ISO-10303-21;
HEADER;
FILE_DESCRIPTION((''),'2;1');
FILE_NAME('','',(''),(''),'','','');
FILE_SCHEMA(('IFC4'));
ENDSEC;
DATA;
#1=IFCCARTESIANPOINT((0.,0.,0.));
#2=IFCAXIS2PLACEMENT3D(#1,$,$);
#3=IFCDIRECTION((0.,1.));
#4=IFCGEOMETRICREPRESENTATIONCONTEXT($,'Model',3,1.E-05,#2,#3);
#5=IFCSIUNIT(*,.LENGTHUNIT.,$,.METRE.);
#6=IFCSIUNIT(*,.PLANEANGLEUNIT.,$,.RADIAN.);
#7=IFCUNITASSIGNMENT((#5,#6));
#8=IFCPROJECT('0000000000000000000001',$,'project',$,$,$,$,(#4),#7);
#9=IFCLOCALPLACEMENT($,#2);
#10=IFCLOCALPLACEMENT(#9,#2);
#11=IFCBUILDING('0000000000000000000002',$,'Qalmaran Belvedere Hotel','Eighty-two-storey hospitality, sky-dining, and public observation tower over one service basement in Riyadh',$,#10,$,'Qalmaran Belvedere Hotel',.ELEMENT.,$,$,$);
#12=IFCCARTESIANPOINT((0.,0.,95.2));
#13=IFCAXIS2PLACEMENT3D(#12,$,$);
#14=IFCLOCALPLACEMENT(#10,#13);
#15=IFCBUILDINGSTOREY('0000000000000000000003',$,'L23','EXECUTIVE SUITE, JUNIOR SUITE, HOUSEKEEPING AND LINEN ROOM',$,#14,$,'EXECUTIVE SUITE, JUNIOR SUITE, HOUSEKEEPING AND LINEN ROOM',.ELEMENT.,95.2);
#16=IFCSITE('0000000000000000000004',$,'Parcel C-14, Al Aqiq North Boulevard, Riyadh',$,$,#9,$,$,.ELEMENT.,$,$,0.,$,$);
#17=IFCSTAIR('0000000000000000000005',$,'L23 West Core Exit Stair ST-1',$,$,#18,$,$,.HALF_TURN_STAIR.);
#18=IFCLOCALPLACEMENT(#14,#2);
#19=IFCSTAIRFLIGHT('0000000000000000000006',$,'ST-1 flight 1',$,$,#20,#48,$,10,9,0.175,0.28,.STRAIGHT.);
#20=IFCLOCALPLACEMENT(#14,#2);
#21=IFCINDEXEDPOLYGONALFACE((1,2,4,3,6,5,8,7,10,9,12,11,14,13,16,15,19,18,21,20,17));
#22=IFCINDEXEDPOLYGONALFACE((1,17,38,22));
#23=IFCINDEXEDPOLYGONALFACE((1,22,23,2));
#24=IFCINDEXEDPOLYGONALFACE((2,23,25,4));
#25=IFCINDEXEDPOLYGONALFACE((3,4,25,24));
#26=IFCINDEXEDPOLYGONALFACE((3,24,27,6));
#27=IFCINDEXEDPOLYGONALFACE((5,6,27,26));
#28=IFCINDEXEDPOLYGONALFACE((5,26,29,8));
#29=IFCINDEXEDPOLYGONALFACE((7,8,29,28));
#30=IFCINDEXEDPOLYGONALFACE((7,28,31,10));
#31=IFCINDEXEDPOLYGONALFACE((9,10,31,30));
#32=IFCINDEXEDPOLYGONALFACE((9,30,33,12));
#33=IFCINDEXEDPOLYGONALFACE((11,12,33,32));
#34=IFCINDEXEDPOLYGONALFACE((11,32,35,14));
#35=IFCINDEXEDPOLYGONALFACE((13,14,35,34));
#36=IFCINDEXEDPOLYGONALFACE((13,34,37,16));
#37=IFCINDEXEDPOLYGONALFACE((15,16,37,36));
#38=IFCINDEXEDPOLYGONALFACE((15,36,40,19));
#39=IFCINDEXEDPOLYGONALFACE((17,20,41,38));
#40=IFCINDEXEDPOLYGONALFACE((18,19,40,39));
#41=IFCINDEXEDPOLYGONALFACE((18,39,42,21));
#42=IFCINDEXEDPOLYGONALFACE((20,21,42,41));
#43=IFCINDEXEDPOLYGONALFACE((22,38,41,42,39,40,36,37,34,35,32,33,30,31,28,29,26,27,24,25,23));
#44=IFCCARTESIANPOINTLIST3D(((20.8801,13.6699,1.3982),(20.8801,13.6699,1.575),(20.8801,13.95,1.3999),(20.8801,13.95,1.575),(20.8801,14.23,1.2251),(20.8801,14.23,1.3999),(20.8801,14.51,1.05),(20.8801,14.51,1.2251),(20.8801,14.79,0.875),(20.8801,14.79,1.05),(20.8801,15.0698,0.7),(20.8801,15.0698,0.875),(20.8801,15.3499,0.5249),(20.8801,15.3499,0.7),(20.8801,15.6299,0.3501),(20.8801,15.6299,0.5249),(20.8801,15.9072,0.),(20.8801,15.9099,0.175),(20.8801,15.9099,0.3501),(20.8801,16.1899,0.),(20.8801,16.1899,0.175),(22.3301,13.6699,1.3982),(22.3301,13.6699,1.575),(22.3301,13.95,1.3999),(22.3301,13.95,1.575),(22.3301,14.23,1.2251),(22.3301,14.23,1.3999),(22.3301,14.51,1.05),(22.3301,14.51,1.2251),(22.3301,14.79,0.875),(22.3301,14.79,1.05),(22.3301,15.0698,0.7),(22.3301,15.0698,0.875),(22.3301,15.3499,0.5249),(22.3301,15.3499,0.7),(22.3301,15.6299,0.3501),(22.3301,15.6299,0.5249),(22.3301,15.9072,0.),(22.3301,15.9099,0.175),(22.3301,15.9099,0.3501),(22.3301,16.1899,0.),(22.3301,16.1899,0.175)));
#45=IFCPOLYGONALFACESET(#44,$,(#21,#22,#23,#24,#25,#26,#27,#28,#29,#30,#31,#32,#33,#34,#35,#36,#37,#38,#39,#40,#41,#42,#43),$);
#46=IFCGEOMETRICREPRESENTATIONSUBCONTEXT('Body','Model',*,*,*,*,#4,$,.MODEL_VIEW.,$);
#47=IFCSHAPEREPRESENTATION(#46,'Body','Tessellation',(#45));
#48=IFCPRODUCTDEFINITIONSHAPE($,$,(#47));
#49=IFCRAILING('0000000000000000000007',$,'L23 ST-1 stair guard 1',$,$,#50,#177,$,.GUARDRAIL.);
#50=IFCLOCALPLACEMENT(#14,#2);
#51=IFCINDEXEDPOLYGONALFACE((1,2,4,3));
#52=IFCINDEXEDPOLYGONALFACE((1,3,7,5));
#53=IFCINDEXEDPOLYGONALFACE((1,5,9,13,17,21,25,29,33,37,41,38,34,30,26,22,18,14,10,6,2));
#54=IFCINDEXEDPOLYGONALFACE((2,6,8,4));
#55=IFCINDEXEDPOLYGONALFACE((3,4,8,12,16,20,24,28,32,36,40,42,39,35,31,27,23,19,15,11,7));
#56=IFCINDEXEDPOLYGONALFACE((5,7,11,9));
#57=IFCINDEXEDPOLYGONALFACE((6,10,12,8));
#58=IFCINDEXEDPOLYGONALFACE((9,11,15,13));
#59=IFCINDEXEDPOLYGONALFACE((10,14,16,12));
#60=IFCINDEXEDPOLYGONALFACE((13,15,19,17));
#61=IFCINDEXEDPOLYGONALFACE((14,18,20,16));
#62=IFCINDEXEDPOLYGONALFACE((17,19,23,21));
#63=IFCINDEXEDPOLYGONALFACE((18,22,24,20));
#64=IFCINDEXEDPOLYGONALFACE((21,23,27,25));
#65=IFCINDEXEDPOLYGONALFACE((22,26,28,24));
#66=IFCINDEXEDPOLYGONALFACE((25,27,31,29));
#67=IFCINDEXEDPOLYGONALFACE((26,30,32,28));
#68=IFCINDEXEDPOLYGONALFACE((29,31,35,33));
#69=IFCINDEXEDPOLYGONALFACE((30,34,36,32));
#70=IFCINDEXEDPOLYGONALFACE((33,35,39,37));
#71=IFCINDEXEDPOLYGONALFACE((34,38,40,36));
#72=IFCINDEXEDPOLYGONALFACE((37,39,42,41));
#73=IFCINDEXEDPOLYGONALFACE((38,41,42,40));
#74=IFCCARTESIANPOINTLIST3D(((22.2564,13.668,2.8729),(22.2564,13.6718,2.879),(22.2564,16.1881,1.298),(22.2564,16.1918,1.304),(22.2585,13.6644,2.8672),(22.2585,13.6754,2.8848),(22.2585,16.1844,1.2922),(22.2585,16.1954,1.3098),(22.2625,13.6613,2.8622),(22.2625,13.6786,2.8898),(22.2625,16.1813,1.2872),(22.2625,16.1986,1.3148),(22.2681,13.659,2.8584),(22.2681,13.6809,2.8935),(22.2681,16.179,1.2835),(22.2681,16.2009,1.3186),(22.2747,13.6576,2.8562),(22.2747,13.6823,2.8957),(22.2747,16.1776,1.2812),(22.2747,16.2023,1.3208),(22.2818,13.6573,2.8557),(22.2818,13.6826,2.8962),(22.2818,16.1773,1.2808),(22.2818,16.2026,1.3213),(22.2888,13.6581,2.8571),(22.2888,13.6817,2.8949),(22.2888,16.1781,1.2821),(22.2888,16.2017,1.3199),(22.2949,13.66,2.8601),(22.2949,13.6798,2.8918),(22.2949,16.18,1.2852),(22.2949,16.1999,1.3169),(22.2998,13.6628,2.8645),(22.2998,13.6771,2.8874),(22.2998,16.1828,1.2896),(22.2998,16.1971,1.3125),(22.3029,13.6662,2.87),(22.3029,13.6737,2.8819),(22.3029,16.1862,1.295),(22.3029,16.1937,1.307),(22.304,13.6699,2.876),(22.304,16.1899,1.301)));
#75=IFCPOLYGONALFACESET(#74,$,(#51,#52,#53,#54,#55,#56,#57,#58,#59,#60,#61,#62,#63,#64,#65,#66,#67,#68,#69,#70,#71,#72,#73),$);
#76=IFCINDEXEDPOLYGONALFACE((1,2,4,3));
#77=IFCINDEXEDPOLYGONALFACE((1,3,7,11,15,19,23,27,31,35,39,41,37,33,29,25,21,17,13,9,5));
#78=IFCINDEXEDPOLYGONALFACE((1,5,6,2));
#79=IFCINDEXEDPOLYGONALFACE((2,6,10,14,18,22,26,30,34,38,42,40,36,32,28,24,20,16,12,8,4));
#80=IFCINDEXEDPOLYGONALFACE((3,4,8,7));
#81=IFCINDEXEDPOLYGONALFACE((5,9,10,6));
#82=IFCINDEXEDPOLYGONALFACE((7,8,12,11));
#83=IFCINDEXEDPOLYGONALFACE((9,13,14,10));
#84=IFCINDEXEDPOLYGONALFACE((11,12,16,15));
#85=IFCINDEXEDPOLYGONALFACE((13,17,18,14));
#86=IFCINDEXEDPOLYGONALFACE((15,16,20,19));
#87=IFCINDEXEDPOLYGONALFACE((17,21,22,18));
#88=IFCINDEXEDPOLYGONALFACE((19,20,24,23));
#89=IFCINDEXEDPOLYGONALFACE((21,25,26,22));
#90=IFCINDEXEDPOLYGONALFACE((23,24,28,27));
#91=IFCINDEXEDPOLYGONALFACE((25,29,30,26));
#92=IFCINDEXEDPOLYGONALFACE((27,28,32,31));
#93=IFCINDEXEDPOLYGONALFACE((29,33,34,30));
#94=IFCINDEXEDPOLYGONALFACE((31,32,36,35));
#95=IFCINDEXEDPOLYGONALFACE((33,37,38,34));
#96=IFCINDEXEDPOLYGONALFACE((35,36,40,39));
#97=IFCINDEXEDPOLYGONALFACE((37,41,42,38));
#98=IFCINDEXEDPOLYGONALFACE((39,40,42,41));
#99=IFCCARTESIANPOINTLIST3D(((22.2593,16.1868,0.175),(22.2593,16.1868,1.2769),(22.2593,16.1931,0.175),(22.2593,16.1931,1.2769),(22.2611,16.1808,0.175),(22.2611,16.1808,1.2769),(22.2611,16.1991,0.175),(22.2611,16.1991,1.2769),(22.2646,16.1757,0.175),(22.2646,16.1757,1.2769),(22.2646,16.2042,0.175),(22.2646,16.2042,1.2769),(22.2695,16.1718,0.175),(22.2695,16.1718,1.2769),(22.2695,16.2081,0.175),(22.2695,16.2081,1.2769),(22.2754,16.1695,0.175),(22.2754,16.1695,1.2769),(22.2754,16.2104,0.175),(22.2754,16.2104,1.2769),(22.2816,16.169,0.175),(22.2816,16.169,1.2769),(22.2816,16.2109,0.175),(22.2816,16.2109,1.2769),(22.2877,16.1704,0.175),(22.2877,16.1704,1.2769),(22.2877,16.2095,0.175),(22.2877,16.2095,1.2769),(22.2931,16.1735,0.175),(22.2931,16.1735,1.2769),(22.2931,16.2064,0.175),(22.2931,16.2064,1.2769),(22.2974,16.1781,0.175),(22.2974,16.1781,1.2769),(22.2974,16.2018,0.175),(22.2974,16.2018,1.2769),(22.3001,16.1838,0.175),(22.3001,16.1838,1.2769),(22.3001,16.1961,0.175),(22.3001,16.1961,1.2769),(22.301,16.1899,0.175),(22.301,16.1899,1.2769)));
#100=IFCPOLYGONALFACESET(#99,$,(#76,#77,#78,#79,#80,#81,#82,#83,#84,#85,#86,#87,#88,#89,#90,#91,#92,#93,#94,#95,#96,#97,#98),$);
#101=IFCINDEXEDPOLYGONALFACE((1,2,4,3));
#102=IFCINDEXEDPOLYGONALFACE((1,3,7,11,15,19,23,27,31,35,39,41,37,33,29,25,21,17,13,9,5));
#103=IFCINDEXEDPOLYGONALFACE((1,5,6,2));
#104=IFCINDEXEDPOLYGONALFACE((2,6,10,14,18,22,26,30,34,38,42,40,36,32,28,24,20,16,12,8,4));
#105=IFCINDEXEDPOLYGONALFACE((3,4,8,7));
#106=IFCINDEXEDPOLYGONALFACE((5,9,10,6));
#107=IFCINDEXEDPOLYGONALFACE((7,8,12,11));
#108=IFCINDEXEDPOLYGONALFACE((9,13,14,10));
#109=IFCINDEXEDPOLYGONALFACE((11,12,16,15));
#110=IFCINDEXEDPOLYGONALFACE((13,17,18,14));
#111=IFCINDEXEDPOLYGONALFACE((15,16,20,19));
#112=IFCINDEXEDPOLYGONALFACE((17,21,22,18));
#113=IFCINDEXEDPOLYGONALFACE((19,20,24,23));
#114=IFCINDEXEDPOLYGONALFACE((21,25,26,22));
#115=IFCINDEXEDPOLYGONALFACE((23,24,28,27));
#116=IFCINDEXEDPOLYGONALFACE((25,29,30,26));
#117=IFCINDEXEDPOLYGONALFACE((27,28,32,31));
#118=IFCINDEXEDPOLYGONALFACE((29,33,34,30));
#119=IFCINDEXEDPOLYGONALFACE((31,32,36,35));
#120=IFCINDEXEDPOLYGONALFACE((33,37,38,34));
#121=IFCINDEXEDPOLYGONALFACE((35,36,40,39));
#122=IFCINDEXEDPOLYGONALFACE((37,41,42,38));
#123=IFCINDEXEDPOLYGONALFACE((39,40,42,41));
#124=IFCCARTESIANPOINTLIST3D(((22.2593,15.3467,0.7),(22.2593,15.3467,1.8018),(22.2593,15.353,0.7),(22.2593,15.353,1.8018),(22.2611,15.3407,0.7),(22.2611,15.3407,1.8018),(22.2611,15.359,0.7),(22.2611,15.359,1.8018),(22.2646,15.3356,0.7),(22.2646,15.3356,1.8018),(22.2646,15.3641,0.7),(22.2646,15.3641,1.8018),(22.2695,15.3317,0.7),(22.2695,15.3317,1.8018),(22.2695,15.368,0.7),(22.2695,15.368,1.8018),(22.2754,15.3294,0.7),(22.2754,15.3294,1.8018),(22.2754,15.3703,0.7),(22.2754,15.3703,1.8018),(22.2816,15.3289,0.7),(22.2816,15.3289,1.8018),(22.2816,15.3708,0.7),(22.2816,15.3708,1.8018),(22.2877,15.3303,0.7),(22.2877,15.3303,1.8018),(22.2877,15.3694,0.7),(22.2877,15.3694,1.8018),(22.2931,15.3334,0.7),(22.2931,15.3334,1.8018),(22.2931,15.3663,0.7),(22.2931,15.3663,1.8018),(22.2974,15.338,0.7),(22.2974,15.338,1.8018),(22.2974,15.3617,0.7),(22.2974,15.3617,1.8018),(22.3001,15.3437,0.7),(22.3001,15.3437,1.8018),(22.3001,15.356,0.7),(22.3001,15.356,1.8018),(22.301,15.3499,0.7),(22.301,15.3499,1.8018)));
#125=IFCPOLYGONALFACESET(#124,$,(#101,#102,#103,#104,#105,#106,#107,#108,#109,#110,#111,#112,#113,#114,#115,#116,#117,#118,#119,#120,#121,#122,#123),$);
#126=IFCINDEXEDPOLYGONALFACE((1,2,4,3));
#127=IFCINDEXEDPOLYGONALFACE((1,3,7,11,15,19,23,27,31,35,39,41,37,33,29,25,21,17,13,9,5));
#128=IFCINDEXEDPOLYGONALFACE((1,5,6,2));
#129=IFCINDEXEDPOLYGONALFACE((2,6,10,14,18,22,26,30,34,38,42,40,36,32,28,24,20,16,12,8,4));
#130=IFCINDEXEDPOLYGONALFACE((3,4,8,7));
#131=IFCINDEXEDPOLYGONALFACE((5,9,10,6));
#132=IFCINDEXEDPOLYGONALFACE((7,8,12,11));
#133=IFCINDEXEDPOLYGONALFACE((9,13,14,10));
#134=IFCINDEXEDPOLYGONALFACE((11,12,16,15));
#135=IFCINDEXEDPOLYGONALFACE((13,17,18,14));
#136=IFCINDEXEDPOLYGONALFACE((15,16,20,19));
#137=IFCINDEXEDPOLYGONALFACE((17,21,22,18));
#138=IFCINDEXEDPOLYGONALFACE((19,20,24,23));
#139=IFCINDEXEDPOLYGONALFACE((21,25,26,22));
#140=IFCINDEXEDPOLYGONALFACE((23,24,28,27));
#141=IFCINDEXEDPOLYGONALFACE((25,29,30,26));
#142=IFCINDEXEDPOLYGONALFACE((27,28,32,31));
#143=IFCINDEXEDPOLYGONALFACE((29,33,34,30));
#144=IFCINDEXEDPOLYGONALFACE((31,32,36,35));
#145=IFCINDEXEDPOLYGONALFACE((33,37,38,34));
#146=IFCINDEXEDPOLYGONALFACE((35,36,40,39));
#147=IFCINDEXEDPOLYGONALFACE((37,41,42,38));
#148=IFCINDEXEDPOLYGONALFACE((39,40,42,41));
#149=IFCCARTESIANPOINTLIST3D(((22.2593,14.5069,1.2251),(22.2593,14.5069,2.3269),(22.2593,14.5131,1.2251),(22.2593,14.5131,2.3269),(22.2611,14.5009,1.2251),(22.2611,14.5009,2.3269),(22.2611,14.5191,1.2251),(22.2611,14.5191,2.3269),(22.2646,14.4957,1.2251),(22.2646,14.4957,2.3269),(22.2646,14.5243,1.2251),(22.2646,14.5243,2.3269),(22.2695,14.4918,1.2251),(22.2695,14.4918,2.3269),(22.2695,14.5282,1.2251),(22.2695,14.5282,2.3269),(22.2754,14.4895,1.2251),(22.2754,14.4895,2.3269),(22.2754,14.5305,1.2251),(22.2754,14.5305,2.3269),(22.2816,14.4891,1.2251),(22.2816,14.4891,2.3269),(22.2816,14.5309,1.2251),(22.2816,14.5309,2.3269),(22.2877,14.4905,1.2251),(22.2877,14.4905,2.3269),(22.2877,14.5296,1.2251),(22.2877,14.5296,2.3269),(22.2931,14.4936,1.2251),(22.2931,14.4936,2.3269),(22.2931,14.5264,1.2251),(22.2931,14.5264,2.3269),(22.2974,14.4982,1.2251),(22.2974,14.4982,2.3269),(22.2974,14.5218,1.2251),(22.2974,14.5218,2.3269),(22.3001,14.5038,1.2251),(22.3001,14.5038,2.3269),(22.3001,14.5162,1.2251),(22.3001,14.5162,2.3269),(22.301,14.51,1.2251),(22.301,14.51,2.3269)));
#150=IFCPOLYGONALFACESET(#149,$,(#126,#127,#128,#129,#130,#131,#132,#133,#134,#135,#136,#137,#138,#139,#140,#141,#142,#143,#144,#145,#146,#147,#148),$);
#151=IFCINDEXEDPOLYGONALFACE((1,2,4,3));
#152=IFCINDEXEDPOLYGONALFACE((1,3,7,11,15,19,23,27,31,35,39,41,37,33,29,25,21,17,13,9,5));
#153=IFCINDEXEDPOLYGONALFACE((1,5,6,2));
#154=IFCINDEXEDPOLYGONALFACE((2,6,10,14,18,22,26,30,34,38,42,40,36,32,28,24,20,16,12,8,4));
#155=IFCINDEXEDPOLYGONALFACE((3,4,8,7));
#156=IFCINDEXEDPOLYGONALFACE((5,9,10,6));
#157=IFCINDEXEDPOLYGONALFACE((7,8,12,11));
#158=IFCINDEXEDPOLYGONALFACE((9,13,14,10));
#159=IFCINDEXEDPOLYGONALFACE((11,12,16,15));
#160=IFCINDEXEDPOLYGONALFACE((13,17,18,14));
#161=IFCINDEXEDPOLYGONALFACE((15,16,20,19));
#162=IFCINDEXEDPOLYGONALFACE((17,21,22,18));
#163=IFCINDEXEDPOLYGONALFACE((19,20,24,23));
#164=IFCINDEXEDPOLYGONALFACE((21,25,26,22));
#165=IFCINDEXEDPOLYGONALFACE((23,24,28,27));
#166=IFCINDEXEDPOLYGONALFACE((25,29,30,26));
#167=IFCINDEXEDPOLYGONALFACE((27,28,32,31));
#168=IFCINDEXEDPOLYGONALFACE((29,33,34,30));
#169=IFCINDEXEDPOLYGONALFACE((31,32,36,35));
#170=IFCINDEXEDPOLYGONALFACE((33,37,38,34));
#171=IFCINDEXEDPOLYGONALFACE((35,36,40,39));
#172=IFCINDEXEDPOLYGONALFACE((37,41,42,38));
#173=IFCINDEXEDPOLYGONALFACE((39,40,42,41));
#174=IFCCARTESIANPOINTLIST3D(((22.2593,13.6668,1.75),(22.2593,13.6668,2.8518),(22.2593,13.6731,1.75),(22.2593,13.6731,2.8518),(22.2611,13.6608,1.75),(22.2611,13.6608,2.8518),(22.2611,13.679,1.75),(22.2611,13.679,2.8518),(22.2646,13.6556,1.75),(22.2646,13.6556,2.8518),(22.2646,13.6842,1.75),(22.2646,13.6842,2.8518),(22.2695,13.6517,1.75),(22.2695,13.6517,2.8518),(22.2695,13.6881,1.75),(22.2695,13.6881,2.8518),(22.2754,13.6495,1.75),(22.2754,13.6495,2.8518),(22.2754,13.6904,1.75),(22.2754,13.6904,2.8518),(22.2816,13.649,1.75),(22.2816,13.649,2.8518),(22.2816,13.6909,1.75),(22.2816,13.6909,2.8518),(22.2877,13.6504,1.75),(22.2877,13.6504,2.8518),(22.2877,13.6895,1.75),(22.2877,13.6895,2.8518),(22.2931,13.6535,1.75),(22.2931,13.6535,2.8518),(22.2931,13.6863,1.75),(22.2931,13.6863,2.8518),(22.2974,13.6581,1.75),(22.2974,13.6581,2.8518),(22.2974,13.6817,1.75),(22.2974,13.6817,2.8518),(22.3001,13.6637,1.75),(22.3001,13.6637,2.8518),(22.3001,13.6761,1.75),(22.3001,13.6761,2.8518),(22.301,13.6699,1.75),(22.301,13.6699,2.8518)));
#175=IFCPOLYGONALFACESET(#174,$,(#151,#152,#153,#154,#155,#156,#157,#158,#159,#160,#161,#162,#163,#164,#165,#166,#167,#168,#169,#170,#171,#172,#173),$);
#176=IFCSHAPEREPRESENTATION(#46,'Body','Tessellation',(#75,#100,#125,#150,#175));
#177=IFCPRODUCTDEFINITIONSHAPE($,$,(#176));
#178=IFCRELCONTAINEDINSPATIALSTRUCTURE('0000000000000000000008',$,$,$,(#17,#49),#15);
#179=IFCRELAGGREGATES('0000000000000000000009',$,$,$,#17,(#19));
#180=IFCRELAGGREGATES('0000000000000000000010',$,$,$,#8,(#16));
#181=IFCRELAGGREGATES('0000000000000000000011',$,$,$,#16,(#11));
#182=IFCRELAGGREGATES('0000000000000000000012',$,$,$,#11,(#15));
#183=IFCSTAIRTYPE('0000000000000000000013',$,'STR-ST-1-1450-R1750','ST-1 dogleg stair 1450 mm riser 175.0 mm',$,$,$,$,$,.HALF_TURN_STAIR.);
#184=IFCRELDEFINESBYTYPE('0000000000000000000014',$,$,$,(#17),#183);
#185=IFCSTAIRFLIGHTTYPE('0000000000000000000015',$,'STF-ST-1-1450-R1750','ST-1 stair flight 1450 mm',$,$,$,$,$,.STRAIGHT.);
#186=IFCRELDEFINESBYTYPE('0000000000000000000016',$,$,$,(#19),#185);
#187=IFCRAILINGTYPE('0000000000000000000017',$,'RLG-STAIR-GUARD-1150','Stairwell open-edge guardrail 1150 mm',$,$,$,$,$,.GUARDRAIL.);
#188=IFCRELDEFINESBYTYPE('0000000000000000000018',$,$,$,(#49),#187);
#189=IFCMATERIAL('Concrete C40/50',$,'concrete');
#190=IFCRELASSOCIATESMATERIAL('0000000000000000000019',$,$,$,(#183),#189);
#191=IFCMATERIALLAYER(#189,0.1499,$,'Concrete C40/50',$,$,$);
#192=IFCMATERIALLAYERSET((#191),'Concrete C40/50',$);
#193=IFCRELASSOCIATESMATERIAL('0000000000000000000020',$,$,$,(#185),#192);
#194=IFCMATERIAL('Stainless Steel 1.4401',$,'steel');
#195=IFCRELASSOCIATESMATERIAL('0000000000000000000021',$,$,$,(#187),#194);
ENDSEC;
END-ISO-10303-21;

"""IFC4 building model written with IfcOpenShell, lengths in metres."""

from ifc_helpers import new_model, si_unit, direction, frame, origin, origin_2d, place, context, subcontext, project, spatial, polyline, circle, outline, extrude, material, layer, layer_set, type_object, element, aggregate, save


model = new_model("IFC4")

# Units and contexts
model_context = context("Model", 3, precision=1e-05, world=origin(), true_north=direction((0.0, 1.0)))
body_context = subcontext(model_context, "Body", "Model", "MODEL_VIEW")
ifc_project = project(units=[si_unit("LENGTHUNIT", "METRE"), si_unit("PLANEANGLEUNIT", "RADIAN")], contexts=[model_context])

# Site, building, storey
site_placement = place(None, origin())
site = spatial("IfcSite", under=ifc_project, at=site_placement, Name="Parcel C-14, Al Aqiq North Boulevard, Riyadh", CompositionType="ELEMENT", RefElevation=0.0)
building_placement = place(site_placement, origin())
building = spatial("IfcBuilding", under=site, at=building_placement, Name="Qalmaran Belvedere Hotel", Description="Eighty-two-storey hospitality, sky-dining, and public observation tower over one service basement in Riyadh", LongName="Qalmaran Belvedere Hotel", CompositionType="ELEMENT")
storey_placement = place(building_placement, frame((0.0, 0.0, 95.2)))
storey = spatial("IfcBuildingStorey", under=building, at=storey_placement, Name="L23", Description="EXECUTIVE SUITE, JUNIOR SUITE, HOUSEKEEPING AND LINEN ROOM", LongName="EXECUTIVE SUITE, JUNIOR SUITE, HOUSEKEEPING AND LINEN ROOM", CompositionType="ELEMENT", Elevation=95.2)

# Shared definitions
ifc_material_1 = material(Name="Stainless Steel 1.4401", Category="steel")

# Stair, stair flight
ifc_material_2 = material(Name="Concrete C40/50", Category="concrete")
stair_type = type_object("IfcStairType", Name="STR-ST-1-1450-R1750", Description="ST-1 dogleg stair 1450 mm riser 175.0 mm", PredefinedType="HALF_TURN_STAIR", material=ifc_material_2)
stair_placement = place(storey_placement, origin())
stair = element("IfcStair", 1, at=stair_placement, inside=storey, type_object=stair_type, Name="L23 West Core Exit Stair ST-1", PredefinedType="HALF_TURN_STAIR")
ifc_layer_1 = layer(ifc_material_2, 0.1499, Name="Concrete C40/50")
ifc_layer_set_1 = layer_set([ifc_layer_1], Name="Concrete C40/50")
stair_flight_type = type_object("IfcStairFlightType", Name="STF-ST-1-1450-R1750", Description="ST-1 stair flight 1450 mm", PredefinedType="STRAIGHT", material=ifc_layer_set_1)
stair_flight_placement = place(storey_placement, frame((21.605, 16.1899, 0.0), z_axis=(0.0, 0.0, 1.0), x_axis=(0.0, -1.0, 0.0)))
stair_flight = element("IfcStairFlight", 2, at=stair_flight_placement, type_object=stair_flight_type, Name="ST-1 flight 1", NumberOfRisers=10, NumberOfTreads=9, PredefinedType="STRAIGHT", RiserHeight=0.175, TreadLength=0.28, context=body_context, shape_type="SweptSolid", body=[
    extrude(outline(polyline([(0.0, 0.0), (0.0, 0.175), (0.28, 0.175), (0.28, 0.3501), (0.5601, 0.3501), (0.5601, 0.5249), (0.8401, 0.5249), (0.8401, 0.7), (1.1201, 0.7), (1.1201, 0.875), (1.3999, 0.875), (1.3999, 1.05), (1.6799, 1.05), (1.6799, 1.2251), (1.96, 1.2251), (1.96, 1.3999), (2.24, 1.3999), (2.24, 1.575), (2.52, 1.575), (2.52, 1.75), (2.52, 1.3982), (0.2827, 0.0), (0.0, 0.0)])), frame((0.0, 0.7251, 0.0), z_axis=(0.0, -1.0, 0.0), x_axis=(1.0, 0.0, 0.0)), (0.0, 0.0, 1.0), 1.45),
])
aggregate(stair, [stair_flight])

# Railing
railing_type_1 = type_object("IfcRailingType", Name="RLG-STAIR-GUARD-1150", Description="Stairwell open-edge guardrail 1150 mm", PredefinedType="GUARDRAIL", material=ifc_material_1)
railing_1_placement = place(storey_placement, frame((22.28, 16.1899, 0.175)))
element("IfcRailing", 3, at=railing_1_placement, inside=storey, type_object=railing_type_1, Name="L23 ST-1 stair guard 1", PredefinedType="GUARDRAIL", context=body_context, shape_type="SweptSolid", body=[
    extrude(circle(Radius=0.0239, at=origin_2d()), frame((0.0, 0.0, 1.126), z_axis=(0.0, -0.848008, 0.529984), x_axis=(1.0, 0.0, 0.0)), (0.0, 0.0, 1.0), 2.9717),
    extrude(circle(Radius=0.021, at=origin_2d()), origin(), (0.0, 0.0, 1.0), 1.1018),
    extrude(circle(Radius=0.021, at=origin_2d()), frame((0.0, -0.8401, 0.5249)), (0.0, 0.0, 1.0), 1.1018),
    extrude(circle(Radius=0.021, at=origin_2d()), frame((0.0, -1.6799, 1.05)), (0.0, 0.0, 1.0), 1.1018),
    extrude(circle(Radius=0.021, at=origin_2d()), frame((0.0, -2.52, 1.575)), (0.0, 0.0, 1.0), 1.1018),
])

save(model, "model.ifc")
